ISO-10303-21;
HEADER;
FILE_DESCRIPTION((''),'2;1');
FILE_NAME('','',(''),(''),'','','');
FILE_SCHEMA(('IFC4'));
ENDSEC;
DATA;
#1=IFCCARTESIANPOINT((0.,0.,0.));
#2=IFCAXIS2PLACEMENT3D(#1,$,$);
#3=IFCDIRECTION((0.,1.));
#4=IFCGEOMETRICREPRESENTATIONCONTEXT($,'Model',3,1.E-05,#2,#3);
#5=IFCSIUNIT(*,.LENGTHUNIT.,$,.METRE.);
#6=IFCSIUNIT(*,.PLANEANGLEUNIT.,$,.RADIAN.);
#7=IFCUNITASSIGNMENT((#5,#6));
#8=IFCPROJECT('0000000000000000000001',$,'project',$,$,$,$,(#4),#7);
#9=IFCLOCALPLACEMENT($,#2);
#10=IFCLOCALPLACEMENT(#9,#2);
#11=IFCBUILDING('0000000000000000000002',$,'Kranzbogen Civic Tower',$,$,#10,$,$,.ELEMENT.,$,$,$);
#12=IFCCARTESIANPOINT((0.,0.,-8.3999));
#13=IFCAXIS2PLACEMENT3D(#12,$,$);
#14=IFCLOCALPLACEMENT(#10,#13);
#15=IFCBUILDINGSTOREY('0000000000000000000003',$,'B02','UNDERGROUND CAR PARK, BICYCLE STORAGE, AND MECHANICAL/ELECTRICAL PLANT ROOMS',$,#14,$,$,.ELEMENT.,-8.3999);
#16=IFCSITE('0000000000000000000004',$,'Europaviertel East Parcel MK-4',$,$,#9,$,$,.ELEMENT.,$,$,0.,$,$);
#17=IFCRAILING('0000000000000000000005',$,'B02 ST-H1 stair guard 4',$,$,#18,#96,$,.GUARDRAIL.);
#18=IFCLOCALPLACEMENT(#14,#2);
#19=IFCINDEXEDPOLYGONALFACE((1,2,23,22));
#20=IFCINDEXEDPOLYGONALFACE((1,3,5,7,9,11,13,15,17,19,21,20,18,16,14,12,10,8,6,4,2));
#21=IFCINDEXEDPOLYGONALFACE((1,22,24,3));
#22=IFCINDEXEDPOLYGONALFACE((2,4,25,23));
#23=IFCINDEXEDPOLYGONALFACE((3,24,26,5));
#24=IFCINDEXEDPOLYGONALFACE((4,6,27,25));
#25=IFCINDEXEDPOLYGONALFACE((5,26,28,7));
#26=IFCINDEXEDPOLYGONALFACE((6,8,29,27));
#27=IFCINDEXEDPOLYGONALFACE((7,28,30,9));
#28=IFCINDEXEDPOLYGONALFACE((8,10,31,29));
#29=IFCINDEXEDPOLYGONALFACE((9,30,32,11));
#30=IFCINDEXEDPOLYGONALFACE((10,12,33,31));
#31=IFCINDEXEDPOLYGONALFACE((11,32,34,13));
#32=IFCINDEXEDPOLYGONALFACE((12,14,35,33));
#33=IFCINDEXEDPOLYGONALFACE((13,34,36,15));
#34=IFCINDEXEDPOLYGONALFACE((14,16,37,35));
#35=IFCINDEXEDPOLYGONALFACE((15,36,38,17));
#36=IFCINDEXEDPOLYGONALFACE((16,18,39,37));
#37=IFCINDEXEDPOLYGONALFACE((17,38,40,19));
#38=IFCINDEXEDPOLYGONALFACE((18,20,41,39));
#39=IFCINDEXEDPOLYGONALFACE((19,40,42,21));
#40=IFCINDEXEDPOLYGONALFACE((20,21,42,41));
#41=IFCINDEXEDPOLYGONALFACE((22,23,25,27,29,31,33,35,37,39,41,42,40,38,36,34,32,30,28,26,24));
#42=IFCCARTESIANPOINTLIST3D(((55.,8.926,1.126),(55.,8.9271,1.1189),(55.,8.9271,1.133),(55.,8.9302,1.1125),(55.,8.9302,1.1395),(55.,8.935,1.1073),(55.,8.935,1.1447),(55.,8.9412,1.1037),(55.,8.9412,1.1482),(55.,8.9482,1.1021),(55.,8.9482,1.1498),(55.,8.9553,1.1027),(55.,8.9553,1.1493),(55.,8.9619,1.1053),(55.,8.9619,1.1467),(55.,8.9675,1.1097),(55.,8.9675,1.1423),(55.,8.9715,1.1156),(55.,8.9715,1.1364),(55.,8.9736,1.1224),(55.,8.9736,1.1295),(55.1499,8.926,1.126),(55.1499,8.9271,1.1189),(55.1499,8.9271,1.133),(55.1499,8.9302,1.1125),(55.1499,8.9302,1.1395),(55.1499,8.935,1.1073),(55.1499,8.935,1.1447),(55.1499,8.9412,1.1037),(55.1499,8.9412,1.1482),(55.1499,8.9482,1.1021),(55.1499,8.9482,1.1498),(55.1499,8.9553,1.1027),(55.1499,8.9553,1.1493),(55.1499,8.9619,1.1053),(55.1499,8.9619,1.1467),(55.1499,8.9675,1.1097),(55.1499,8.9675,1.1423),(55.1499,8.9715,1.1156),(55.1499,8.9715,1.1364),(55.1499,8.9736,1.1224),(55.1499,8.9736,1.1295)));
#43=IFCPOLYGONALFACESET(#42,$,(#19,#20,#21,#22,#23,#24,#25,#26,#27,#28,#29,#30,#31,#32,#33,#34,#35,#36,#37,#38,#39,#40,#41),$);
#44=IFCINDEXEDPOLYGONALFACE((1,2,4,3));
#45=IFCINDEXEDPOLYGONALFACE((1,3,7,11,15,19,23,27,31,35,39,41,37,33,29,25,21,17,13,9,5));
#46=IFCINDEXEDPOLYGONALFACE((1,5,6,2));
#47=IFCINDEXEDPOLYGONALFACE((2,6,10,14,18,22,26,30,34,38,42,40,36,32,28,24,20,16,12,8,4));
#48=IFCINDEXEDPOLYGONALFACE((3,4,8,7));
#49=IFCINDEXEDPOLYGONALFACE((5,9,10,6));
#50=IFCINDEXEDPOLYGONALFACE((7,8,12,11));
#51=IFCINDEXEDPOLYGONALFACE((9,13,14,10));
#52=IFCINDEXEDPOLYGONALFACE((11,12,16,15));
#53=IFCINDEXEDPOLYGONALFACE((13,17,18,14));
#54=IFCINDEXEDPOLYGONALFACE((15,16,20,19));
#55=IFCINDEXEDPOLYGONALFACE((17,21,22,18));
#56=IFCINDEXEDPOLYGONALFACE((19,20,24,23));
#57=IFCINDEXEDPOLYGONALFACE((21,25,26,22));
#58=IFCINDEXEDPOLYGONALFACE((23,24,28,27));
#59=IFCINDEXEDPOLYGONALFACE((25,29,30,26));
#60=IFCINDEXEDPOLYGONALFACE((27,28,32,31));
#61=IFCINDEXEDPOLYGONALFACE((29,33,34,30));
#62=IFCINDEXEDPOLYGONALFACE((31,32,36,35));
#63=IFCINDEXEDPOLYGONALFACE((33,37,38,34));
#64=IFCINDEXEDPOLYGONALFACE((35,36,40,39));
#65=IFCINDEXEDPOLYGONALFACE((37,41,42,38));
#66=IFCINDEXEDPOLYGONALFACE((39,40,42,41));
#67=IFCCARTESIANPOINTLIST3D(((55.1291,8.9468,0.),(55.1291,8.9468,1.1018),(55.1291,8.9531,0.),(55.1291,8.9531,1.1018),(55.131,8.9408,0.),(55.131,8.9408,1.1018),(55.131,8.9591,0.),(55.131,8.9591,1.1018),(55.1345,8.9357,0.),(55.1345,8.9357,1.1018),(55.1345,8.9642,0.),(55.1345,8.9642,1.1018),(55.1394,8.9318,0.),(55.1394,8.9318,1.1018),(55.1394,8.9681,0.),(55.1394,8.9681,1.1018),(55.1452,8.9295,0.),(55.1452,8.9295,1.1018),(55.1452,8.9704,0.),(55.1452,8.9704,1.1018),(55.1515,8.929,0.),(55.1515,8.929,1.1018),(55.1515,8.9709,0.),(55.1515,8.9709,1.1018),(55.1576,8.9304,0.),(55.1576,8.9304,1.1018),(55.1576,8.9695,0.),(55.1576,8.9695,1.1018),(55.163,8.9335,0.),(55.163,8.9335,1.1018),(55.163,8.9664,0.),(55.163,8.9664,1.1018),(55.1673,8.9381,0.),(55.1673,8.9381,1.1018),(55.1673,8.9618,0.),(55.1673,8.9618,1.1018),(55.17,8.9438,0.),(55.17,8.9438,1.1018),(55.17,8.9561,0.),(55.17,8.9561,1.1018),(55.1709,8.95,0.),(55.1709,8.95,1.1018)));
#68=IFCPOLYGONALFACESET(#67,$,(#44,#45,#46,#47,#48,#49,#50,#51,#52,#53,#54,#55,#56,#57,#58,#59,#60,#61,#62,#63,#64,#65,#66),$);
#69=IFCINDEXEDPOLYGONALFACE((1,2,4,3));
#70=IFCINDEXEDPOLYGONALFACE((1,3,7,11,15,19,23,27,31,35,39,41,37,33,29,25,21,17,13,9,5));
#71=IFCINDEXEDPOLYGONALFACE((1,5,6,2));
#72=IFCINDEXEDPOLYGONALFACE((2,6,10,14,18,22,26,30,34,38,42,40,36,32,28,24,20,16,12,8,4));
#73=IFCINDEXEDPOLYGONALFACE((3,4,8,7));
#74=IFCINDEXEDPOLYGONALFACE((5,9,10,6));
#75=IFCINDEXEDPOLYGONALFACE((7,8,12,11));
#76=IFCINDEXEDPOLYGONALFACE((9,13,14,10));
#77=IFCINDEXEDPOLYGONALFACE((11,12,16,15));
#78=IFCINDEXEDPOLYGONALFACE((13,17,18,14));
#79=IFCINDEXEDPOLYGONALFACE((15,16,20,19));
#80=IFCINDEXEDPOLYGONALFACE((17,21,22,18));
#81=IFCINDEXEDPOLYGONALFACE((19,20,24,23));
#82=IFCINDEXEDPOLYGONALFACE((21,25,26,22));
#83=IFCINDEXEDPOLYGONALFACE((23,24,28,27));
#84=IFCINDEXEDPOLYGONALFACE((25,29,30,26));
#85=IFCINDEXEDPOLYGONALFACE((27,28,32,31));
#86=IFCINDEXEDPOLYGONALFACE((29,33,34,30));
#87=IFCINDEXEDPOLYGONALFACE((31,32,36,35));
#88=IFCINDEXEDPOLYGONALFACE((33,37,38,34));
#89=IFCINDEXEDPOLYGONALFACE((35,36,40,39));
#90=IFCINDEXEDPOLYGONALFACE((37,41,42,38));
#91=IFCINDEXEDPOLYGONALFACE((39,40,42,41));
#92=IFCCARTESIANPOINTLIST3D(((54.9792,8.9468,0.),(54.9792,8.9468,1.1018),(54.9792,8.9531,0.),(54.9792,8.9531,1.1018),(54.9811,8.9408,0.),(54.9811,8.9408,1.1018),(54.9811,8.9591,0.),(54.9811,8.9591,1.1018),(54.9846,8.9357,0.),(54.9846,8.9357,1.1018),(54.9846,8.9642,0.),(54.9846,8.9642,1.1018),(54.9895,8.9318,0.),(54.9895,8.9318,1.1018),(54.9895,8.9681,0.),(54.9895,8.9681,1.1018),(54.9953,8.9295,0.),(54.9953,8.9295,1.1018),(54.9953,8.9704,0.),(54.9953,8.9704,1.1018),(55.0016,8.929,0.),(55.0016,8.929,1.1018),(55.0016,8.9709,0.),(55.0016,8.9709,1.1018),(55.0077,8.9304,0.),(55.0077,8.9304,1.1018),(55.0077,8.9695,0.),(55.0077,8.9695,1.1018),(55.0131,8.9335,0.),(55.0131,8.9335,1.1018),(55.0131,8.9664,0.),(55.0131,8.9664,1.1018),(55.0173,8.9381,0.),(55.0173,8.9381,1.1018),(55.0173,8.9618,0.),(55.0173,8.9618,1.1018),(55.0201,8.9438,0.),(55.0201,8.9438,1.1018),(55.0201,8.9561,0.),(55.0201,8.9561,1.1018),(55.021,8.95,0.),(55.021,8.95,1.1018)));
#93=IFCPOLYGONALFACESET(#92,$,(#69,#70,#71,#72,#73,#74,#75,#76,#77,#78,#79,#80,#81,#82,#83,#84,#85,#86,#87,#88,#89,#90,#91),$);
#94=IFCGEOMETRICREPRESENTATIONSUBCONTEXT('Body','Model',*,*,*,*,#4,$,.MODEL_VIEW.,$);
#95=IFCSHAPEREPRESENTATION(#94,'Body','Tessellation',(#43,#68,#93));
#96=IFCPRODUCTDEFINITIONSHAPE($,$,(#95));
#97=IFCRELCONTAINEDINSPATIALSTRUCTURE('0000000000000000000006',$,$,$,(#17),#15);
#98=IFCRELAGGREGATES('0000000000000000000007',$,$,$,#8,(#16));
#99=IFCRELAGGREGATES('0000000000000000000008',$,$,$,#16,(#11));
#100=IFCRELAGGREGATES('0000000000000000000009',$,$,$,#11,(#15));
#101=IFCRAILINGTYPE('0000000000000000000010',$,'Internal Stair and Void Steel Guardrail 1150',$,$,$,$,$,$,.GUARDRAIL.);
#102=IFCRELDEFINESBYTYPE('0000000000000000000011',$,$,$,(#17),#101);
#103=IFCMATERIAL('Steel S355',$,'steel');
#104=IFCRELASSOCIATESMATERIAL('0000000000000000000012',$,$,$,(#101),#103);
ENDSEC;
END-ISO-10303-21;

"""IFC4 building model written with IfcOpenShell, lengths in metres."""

from ifc_helpers import new_model, si_unit, direction, frame, origin, origin_2d, place, context, subcontext, project, spatial, circle, extrude, material, type_object, element, save


model = new_model("IFC4")

# Units and contexts
model_context = context("Model", 3, precision=1e-05, world=origin(), true_north=direction((0.0, 1.0)))
body_context = subcontext(model_context, "Body", "Model", "MODEL_VIEW")
ifc_project = project(units=[si_unit("LENGTHUNIT", "METRE"), si_unit("PLANEANGLEUNIT", "RADIAN")], contexts=[model_context])

# Site, building, storey
site_placement = place(None, origin())
site = spatial("IfcSite", under=ifc_project, at=site_placement, Name="Europaviertel East Parcel MK-4", CompositionType="ELEMENT", RefElevation=0.0)
building_placement = place(site_placement, origin())
building = spatial("IfcBuilding", under=site, at=building_placement, Name="Kranzbogen Civic Tower", CompositionType="ELEMENT")
storey_placement = place(building_placement, frame((0.0, 0.0, -8.3999)))
storey = spatial("IfcBuildingStorey", under=building, at=storey_placement, Name="B02", Description="UNDERGROUND CAR PARK, BICYCLE STORAGE, AND MECHANICAL/ELECTRICAL PLANT ROOMS", CompositionType="ELEMENT", Elevation=-8.3999)

# Shared definitions
ifc_material_1 = material(Name="Steel S355", Category="steel")

# Railing
railing_type_1 = type_object("IfcRailingType", Name="Internal Stair and Void Steel Guardrail 1150", PredefinedType="GUARDRAIL", material=ifc_material_1)
railing_1_placement = place(storey_placement, frame((55.1499, 8.95, 0.0)))
element("IfcRailing", 1, at=railing_1_placement, inside=storey, type_object=railing_type_1, Name="B02 ST-H1 stair guard 4", PredefinedType="GUARDRAIL", context=body_context, shape_type="SweptSolid", body=[
    extrude(circle(Radius=0.0239, at=origin_2d()), frame((0.0, 0.0, 1.126), z_axis=(-1.0, 0.0, 0.0), x_axis=(0.0, -1.0, 0.0)), (0.0, 0.0, 1.0), 0.1499),
    extrude(circle(Radius=0.021, at=origin_2d()), origin(), (0.0, 0.0, 1.0), 1.1018),
    extrude(circle(Radius=0.021, at=origin_2d()), frame((-0.1499, 0.0, 0.0)), (0.0, 0.0, 1.0), 1.1018),
])

save(model, "model.ifc")
